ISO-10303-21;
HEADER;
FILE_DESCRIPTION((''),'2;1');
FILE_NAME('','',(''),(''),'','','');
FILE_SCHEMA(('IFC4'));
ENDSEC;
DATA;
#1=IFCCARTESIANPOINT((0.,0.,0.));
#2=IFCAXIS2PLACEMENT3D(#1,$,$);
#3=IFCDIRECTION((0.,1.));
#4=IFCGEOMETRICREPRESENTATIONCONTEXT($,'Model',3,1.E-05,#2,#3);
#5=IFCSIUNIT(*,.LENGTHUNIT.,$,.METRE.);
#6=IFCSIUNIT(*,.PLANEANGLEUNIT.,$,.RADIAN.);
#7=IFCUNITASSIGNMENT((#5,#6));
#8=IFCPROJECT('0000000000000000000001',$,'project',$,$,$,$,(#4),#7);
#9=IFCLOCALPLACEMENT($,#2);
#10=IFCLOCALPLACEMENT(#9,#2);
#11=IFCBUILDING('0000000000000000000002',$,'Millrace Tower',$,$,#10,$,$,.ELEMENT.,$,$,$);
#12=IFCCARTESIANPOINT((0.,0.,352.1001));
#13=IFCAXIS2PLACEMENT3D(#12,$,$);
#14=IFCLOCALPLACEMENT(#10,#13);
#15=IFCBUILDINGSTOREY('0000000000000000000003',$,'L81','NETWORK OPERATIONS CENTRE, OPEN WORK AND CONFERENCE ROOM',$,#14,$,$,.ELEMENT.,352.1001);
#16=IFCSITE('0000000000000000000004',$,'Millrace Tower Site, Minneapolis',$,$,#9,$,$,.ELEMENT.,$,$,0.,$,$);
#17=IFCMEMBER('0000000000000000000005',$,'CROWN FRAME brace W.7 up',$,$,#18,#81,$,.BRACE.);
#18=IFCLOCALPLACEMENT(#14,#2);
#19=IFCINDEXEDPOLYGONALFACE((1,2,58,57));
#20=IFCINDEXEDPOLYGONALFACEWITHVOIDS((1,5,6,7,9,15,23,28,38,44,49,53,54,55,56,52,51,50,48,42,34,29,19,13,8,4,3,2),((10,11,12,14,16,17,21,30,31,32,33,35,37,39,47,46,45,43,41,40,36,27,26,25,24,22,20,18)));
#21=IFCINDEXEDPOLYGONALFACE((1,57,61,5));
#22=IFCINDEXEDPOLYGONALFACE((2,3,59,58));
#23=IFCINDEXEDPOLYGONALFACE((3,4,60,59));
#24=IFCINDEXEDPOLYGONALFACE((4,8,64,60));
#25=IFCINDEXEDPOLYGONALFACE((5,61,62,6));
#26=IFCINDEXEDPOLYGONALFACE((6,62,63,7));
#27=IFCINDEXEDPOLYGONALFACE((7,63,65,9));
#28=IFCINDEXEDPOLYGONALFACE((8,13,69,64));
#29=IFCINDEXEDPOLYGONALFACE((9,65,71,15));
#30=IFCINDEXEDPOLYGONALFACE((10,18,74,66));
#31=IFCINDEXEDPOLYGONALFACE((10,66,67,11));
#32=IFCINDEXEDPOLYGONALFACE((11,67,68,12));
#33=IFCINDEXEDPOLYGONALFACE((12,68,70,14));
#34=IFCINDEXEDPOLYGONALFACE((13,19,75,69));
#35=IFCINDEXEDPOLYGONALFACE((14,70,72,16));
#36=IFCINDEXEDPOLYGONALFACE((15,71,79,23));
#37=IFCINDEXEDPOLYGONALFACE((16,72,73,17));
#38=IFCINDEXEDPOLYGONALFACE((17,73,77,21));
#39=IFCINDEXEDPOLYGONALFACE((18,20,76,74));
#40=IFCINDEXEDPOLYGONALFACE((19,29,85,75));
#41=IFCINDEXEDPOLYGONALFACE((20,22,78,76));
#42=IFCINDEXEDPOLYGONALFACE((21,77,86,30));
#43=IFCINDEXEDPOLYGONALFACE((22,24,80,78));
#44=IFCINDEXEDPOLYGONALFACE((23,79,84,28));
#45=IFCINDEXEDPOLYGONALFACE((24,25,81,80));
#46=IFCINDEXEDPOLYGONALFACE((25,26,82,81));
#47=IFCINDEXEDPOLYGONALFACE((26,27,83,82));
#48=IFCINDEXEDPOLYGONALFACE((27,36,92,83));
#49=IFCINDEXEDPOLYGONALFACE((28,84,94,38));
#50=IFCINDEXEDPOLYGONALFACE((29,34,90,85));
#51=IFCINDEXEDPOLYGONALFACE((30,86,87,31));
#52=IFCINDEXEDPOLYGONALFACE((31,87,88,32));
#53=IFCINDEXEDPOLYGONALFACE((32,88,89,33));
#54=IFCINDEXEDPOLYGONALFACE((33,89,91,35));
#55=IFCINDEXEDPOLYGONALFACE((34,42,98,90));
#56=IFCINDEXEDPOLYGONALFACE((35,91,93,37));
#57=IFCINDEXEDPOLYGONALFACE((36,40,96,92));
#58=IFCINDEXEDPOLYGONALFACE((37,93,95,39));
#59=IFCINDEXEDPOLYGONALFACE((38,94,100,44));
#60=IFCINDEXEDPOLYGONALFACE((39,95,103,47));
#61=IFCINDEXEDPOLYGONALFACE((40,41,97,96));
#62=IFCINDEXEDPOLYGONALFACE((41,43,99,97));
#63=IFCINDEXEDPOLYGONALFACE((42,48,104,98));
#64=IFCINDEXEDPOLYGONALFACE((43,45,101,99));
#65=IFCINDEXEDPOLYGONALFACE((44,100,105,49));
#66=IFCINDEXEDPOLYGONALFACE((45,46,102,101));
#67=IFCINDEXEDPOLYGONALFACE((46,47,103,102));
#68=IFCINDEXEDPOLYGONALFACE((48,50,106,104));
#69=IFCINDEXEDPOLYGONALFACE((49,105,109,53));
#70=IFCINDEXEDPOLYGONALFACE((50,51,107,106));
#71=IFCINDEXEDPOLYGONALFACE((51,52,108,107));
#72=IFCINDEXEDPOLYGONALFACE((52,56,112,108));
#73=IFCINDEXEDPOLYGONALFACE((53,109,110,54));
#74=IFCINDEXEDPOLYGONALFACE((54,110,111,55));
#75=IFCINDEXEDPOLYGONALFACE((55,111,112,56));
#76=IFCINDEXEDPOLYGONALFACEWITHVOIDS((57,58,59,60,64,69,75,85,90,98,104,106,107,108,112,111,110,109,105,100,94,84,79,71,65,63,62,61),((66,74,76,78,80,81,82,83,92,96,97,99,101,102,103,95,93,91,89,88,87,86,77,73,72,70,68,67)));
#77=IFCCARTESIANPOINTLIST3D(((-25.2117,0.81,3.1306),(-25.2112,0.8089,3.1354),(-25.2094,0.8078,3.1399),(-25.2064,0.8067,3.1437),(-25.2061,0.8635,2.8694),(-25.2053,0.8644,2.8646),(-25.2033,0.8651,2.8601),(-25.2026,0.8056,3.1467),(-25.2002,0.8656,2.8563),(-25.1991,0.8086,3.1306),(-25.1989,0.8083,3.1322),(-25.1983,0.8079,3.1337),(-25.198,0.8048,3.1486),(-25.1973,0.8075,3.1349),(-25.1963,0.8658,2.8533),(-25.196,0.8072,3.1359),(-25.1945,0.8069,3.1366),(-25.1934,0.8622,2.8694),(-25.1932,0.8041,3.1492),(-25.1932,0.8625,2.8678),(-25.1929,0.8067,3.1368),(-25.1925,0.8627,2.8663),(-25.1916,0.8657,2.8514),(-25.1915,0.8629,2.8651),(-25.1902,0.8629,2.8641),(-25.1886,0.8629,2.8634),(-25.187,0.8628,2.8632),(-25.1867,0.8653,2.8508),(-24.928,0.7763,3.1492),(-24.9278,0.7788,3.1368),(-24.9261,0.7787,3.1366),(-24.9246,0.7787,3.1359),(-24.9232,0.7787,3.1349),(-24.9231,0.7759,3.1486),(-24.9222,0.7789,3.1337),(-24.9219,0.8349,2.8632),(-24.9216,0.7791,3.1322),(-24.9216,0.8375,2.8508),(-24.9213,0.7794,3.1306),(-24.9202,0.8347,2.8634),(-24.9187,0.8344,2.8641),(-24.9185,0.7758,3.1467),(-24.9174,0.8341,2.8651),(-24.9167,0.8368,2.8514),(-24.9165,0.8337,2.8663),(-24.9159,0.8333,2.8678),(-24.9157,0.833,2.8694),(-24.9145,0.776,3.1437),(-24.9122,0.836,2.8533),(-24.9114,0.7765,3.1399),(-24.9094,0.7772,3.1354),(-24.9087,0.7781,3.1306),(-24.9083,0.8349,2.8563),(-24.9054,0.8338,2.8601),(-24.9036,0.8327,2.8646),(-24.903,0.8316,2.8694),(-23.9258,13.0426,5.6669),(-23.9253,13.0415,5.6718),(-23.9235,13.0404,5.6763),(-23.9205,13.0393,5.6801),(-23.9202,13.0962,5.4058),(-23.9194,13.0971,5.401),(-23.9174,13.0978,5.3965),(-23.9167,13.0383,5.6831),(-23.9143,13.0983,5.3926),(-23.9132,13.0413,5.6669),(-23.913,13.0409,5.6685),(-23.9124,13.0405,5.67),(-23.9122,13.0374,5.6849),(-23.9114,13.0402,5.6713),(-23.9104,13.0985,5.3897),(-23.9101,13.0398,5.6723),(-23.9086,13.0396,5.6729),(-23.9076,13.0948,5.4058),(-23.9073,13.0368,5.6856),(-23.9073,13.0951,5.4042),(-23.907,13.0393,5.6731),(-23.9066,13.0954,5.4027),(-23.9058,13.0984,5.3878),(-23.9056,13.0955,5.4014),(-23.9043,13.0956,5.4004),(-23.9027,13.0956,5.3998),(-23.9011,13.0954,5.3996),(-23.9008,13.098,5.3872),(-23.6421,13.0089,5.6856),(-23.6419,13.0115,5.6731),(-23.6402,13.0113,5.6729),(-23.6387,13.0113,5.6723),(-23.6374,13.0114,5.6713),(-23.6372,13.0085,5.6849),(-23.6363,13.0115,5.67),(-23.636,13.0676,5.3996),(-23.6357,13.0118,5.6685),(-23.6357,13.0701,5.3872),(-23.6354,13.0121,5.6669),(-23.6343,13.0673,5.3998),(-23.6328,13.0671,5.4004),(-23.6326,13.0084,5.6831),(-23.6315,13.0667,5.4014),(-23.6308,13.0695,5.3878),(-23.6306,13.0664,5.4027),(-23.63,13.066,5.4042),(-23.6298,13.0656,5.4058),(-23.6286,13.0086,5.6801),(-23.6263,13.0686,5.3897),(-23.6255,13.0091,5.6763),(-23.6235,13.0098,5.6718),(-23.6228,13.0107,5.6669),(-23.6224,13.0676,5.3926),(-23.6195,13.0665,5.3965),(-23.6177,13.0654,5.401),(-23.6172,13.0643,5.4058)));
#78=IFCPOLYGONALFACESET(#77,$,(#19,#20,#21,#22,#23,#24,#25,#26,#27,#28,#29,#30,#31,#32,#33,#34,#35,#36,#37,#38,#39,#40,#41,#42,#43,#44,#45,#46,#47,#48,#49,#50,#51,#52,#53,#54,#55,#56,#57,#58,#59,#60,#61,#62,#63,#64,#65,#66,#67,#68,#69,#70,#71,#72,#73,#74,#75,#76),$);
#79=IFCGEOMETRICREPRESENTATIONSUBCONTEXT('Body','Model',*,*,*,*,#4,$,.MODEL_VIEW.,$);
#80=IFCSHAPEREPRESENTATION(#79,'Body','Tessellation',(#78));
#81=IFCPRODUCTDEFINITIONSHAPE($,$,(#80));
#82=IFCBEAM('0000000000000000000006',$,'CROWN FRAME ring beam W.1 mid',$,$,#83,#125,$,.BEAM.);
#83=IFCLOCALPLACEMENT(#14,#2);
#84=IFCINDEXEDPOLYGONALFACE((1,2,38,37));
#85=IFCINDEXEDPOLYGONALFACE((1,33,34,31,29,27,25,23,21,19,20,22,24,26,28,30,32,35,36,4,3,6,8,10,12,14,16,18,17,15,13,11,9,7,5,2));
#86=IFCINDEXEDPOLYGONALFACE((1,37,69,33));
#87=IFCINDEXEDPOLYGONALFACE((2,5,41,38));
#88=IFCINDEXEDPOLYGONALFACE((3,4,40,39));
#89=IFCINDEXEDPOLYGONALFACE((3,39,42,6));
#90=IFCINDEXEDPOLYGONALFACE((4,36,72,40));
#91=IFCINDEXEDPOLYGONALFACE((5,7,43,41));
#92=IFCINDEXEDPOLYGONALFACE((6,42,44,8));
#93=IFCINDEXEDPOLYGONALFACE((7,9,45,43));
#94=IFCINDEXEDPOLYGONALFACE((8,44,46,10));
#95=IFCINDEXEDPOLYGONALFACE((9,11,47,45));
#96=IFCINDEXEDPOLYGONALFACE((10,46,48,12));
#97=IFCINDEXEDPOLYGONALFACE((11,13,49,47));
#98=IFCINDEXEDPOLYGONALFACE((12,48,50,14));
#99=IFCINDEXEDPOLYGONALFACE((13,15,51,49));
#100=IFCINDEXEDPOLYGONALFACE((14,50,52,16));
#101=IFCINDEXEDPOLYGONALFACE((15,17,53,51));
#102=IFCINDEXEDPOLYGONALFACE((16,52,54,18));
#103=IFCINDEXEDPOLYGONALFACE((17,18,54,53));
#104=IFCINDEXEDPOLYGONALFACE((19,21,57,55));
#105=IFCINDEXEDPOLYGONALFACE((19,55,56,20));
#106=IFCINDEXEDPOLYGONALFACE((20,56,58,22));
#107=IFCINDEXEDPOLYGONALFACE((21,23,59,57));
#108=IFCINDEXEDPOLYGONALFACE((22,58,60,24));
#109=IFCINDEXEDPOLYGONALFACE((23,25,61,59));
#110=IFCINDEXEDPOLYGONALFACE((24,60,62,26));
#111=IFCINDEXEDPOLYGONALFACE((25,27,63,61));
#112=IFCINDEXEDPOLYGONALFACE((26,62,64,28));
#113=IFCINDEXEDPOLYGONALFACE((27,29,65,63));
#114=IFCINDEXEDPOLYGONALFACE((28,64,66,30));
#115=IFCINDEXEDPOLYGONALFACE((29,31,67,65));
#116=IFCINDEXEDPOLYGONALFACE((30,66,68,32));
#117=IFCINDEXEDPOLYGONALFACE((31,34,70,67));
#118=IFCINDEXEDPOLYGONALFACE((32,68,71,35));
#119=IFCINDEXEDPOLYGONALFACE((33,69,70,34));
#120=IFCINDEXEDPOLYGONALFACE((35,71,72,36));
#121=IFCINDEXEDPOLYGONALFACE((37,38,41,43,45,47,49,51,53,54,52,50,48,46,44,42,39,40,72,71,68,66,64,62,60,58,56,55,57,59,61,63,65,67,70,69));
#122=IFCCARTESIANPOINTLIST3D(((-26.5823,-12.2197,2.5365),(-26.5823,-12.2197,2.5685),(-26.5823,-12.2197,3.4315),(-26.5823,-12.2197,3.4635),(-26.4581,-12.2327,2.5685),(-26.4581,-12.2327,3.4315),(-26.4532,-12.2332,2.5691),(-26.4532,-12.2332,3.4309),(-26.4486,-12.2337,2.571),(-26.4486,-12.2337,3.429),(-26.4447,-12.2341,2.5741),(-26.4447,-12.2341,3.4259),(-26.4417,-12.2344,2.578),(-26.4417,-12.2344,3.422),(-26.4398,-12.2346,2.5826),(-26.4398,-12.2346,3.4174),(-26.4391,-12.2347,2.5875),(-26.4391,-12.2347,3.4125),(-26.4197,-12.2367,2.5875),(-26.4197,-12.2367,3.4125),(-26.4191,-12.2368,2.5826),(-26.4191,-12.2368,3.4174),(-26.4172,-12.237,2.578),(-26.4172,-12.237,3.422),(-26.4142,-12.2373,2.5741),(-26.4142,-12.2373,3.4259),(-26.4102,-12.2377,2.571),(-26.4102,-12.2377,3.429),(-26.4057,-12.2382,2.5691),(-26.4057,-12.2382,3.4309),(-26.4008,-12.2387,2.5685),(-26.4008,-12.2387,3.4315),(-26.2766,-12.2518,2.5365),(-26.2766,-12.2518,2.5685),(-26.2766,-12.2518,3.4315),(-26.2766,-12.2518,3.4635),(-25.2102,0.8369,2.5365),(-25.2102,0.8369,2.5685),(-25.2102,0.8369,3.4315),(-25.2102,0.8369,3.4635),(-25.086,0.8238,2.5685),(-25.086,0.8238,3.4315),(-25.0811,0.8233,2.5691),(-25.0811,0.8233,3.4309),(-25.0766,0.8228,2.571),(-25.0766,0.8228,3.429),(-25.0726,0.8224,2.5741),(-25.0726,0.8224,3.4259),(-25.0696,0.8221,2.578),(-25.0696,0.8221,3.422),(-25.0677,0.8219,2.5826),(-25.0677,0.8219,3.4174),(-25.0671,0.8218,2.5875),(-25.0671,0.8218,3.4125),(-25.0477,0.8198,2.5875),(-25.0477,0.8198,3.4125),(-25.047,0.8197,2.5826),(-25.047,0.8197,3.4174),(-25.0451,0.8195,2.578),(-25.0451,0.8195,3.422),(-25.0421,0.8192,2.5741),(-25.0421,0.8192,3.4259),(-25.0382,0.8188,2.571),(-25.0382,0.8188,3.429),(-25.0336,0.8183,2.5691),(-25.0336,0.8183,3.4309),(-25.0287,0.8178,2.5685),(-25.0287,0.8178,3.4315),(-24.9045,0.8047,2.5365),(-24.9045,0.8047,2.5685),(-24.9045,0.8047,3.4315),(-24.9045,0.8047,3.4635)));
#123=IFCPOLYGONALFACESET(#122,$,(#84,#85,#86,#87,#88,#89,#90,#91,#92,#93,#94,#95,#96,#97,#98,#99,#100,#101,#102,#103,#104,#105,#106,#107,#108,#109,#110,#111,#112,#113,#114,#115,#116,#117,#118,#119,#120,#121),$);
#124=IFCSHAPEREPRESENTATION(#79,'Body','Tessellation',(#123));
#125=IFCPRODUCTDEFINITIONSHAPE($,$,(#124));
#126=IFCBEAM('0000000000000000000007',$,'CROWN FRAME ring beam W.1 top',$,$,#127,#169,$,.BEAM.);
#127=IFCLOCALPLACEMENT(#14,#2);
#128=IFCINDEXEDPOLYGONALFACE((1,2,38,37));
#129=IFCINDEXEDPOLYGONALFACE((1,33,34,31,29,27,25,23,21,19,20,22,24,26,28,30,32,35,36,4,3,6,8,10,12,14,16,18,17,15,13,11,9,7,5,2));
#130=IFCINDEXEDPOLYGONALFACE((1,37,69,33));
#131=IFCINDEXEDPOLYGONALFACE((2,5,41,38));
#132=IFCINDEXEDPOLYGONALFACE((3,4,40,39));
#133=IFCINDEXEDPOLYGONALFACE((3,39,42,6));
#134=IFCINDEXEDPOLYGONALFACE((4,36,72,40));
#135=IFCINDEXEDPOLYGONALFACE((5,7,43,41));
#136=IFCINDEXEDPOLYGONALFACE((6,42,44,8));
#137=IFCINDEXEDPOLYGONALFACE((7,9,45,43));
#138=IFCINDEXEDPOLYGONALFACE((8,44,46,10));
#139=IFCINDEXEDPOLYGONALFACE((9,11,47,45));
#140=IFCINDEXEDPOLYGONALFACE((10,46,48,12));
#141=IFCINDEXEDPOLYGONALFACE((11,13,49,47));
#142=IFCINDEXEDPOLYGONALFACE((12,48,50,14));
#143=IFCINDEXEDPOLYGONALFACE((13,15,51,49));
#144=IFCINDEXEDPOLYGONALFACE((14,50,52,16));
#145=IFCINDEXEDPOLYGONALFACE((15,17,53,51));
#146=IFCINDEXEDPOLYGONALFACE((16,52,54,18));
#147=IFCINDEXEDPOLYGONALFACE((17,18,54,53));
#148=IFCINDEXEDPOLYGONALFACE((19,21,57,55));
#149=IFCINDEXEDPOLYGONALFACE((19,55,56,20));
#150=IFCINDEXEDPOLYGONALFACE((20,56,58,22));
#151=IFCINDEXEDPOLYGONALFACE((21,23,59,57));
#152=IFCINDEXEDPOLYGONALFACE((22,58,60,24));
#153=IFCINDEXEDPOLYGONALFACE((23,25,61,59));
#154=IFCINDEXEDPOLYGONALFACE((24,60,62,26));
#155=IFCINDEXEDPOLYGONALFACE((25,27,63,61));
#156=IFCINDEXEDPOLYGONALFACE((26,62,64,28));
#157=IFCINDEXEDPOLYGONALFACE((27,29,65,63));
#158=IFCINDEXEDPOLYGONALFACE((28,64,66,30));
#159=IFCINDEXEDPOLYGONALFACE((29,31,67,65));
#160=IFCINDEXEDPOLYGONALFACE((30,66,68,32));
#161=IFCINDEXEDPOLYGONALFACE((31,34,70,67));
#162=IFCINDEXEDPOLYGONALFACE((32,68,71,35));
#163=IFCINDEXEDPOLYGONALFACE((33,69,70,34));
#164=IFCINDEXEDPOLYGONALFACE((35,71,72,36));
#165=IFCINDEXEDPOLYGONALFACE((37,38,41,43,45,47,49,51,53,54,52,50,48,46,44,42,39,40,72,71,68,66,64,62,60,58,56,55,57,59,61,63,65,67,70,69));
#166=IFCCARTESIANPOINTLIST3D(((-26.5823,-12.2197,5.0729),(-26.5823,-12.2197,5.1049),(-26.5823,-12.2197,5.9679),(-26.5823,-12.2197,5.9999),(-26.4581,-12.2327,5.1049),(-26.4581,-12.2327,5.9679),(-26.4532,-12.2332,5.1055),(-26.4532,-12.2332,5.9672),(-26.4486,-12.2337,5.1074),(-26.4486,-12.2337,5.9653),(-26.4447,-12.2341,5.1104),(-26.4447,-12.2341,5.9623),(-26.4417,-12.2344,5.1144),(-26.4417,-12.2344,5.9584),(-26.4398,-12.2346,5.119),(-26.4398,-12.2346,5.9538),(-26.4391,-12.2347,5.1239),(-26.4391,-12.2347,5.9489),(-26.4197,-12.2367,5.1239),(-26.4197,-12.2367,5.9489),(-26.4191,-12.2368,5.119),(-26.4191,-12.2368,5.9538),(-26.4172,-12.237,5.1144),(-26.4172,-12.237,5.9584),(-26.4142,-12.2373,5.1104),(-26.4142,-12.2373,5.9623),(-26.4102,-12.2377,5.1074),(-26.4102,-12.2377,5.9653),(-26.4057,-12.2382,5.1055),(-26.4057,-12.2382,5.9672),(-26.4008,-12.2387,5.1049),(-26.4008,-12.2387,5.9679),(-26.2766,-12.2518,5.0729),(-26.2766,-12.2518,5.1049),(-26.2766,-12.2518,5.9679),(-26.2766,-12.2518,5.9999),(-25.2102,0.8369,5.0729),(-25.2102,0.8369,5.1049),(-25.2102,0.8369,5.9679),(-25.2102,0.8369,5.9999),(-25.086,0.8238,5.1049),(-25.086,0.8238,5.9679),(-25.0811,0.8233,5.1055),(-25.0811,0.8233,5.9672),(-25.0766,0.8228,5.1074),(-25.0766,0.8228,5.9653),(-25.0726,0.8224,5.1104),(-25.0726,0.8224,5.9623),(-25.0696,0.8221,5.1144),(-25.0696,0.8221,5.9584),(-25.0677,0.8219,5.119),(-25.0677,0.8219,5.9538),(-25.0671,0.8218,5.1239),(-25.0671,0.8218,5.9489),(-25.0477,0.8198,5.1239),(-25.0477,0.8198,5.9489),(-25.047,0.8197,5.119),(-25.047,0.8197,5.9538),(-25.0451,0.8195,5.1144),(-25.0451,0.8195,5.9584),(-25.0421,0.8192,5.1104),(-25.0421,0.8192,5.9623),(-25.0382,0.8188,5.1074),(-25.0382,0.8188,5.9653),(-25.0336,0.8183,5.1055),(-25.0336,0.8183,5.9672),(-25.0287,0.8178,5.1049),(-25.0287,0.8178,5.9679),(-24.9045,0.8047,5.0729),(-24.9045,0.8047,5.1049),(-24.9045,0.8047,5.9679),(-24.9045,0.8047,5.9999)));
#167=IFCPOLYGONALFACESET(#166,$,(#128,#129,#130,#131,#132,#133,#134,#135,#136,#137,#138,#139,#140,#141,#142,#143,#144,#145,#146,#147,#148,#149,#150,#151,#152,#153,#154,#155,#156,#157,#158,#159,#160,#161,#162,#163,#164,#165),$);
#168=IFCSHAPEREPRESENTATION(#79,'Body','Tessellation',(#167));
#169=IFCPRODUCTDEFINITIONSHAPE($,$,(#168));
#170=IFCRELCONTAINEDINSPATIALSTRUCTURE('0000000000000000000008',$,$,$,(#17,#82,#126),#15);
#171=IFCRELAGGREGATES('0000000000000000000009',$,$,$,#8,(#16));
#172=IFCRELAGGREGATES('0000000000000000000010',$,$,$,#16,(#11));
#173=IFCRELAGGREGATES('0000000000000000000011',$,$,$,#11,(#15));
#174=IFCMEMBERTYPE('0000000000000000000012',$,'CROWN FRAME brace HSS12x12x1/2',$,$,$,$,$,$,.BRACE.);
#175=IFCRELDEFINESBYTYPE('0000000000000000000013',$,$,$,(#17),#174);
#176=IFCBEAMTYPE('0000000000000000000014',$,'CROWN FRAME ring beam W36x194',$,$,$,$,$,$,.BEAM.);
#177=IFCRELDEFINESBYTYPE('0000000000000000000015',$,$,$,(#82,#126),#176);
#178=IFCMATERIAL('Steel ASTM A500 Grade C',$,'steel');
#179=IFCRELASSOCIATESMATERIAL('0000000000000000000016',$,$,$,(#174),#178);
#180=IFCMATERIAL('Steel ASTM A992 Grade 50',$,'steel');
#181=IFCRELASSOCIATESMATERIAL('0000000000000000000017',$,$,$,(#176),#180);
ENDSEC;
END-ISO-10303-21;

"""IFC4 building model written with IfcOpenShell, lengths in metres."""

from ifc_helpers import new_model, si_unit, direction, frame, origin, origin_2d, place, context, subcontext, project, spatial, hollow_rectangle, i_section, extrude, material, material_profile, profile_set, type_object, element, save


model = new_model("IFC4")

# Units and contexts
model_context = context("Model", 3, precision=1e-05, world=origin(), true_north=direction((0.0, 1.0)))
body_context = subcontext(model_context, "Body", "Model", "MODEL_VIEW")
ifc_project = project(units=[si_unit("LENGTHUNIT", "METRE"), si_unit("PLANEANGLEUNIT", "RADIAN")], contexts=[model_context])

# Site, building, storey
site_placement = place(None, origin())
site = spatial("IfcSite", under=ifc_project, at=site_placement, Name="Millrace Tower Site, Minneapolis", CompositionType="ELEMENT", RefElevation=0.0)
building_placement = place(site_placement, origin())
building = spatial("IfcBuilding", under=site, at=building_placement, Name="Millrace Tower", CompositionType="ELEMENT")
storey_placement = place(building_placement, frame((0.0, 0.0, 352.1001)))
storey = spatial("IfcBuildingStorey", under=building, at=storey_placement, Name="L81", Description="NETWORK OPERATIONS CENTRE, OPEN WORK AND CONFERENCE ROOM", CompositionType="ELEMENT", Elevation=352.1001)

# Member
ifc_material_1 = material(Name="Steel ASTM A500 Grade C", Category="steel")
ifc_material_profile_1 = material_profile(ifc_material_1, hollow_rectangle(XDim=0.3047, YDim=0.3047, WallThickness=0.0127, InnerFilletRadius=0.0063, OuterFilletRadius=0.019, at=origin_2d()))
ifc_profile_set_1 = profile_set([ifc_material_profile_1], Name="Steel ASTM A500 Grade C")
member_type = type_object("IfcMemberType", Name="CROWN FRAME brace HSS12x12x1/2", PredefinedType="BRACE", material=ifc_profile_set_1)
member_1_placement = place(storey_placement, frame((-25.0574, 0.8208, 3.0), z_axis=(0.102389, 0.974027, 0.201959), x_axis=(-0.99452, 0.104543, 0.0)))
element("IfcMember", 1, at=member_1_placement, inside=storey, type_object=member_type, Name="CROWN FRAME brace W.7 up", PredefinedType="BRACE", context=body_context, shape_type="SweptSolid", body=[
    extrude(hollow_rectangle(XDim=0.3047, YDim=0.3047, WallThickness=0.0127, InnerFilletRadius=0.0063, OuterFilletRadius=0.019, at=origin_2d()), origin(), (0.0, 0.0, 1.0), 12.5588),
])

# Beams
ifc_material_2 = material(Name="Steel ASTM A992 Grade 50", Category="steel")
ifc_material_profile_2 = material_profile(ifc_material_2, i_section(OverallWidth=0.3074, OverallDepth=0.927, WebThickness=0.0195, FlangeThickness=0.032, FilletRadius=0.019, at=origin_2d()))
ifc_profile_set_2 = profile_set([ifc_material_profile_2], Name="Steel ASTM A992 Grade 50")
beam_type_1 = type_object("IfcBeamType", Name="CROWN FRAME ring beam W36x194", PredefinedType="BEAM", material=ifc_profile_set_2)
for number, where, z_axis, x_axis, name in (
    (2, (-25.0574, 0.8208, 3.0), (-0.104511, -0.994524, 0.0), (0.994524, -0.104511, 0.0), "CROWN FRAME ring beam W.1 mid"),
    (3, (-25.0574, 0.8208, 5.5364), (-0.104511, -0.994524, 0.0), (0.994524, -0.104511, 0.0), "CROWN FRAME ring beam W.1 top"),
):
    element("IfcBeam", number, at=place(storey_placement, frame(where, z_axis=z_axis, x_axis=x_axis)), inside=storey, type_object=beam_type_1, Name=name, PredefinedType="BEAM", context=body_context, shape_type="SweptSolid", body=[
        extrude(i_section(OverallWidth=0.3074, OverallDepth=0.927, WebThickness=0.0195, FlangeThickness=0.032, FilletRadius=0.019, at=origin_2d()), origin(), (0.0, 0.0, 1.0), 13.1284),
    ])

save(model, "model.ifc")
